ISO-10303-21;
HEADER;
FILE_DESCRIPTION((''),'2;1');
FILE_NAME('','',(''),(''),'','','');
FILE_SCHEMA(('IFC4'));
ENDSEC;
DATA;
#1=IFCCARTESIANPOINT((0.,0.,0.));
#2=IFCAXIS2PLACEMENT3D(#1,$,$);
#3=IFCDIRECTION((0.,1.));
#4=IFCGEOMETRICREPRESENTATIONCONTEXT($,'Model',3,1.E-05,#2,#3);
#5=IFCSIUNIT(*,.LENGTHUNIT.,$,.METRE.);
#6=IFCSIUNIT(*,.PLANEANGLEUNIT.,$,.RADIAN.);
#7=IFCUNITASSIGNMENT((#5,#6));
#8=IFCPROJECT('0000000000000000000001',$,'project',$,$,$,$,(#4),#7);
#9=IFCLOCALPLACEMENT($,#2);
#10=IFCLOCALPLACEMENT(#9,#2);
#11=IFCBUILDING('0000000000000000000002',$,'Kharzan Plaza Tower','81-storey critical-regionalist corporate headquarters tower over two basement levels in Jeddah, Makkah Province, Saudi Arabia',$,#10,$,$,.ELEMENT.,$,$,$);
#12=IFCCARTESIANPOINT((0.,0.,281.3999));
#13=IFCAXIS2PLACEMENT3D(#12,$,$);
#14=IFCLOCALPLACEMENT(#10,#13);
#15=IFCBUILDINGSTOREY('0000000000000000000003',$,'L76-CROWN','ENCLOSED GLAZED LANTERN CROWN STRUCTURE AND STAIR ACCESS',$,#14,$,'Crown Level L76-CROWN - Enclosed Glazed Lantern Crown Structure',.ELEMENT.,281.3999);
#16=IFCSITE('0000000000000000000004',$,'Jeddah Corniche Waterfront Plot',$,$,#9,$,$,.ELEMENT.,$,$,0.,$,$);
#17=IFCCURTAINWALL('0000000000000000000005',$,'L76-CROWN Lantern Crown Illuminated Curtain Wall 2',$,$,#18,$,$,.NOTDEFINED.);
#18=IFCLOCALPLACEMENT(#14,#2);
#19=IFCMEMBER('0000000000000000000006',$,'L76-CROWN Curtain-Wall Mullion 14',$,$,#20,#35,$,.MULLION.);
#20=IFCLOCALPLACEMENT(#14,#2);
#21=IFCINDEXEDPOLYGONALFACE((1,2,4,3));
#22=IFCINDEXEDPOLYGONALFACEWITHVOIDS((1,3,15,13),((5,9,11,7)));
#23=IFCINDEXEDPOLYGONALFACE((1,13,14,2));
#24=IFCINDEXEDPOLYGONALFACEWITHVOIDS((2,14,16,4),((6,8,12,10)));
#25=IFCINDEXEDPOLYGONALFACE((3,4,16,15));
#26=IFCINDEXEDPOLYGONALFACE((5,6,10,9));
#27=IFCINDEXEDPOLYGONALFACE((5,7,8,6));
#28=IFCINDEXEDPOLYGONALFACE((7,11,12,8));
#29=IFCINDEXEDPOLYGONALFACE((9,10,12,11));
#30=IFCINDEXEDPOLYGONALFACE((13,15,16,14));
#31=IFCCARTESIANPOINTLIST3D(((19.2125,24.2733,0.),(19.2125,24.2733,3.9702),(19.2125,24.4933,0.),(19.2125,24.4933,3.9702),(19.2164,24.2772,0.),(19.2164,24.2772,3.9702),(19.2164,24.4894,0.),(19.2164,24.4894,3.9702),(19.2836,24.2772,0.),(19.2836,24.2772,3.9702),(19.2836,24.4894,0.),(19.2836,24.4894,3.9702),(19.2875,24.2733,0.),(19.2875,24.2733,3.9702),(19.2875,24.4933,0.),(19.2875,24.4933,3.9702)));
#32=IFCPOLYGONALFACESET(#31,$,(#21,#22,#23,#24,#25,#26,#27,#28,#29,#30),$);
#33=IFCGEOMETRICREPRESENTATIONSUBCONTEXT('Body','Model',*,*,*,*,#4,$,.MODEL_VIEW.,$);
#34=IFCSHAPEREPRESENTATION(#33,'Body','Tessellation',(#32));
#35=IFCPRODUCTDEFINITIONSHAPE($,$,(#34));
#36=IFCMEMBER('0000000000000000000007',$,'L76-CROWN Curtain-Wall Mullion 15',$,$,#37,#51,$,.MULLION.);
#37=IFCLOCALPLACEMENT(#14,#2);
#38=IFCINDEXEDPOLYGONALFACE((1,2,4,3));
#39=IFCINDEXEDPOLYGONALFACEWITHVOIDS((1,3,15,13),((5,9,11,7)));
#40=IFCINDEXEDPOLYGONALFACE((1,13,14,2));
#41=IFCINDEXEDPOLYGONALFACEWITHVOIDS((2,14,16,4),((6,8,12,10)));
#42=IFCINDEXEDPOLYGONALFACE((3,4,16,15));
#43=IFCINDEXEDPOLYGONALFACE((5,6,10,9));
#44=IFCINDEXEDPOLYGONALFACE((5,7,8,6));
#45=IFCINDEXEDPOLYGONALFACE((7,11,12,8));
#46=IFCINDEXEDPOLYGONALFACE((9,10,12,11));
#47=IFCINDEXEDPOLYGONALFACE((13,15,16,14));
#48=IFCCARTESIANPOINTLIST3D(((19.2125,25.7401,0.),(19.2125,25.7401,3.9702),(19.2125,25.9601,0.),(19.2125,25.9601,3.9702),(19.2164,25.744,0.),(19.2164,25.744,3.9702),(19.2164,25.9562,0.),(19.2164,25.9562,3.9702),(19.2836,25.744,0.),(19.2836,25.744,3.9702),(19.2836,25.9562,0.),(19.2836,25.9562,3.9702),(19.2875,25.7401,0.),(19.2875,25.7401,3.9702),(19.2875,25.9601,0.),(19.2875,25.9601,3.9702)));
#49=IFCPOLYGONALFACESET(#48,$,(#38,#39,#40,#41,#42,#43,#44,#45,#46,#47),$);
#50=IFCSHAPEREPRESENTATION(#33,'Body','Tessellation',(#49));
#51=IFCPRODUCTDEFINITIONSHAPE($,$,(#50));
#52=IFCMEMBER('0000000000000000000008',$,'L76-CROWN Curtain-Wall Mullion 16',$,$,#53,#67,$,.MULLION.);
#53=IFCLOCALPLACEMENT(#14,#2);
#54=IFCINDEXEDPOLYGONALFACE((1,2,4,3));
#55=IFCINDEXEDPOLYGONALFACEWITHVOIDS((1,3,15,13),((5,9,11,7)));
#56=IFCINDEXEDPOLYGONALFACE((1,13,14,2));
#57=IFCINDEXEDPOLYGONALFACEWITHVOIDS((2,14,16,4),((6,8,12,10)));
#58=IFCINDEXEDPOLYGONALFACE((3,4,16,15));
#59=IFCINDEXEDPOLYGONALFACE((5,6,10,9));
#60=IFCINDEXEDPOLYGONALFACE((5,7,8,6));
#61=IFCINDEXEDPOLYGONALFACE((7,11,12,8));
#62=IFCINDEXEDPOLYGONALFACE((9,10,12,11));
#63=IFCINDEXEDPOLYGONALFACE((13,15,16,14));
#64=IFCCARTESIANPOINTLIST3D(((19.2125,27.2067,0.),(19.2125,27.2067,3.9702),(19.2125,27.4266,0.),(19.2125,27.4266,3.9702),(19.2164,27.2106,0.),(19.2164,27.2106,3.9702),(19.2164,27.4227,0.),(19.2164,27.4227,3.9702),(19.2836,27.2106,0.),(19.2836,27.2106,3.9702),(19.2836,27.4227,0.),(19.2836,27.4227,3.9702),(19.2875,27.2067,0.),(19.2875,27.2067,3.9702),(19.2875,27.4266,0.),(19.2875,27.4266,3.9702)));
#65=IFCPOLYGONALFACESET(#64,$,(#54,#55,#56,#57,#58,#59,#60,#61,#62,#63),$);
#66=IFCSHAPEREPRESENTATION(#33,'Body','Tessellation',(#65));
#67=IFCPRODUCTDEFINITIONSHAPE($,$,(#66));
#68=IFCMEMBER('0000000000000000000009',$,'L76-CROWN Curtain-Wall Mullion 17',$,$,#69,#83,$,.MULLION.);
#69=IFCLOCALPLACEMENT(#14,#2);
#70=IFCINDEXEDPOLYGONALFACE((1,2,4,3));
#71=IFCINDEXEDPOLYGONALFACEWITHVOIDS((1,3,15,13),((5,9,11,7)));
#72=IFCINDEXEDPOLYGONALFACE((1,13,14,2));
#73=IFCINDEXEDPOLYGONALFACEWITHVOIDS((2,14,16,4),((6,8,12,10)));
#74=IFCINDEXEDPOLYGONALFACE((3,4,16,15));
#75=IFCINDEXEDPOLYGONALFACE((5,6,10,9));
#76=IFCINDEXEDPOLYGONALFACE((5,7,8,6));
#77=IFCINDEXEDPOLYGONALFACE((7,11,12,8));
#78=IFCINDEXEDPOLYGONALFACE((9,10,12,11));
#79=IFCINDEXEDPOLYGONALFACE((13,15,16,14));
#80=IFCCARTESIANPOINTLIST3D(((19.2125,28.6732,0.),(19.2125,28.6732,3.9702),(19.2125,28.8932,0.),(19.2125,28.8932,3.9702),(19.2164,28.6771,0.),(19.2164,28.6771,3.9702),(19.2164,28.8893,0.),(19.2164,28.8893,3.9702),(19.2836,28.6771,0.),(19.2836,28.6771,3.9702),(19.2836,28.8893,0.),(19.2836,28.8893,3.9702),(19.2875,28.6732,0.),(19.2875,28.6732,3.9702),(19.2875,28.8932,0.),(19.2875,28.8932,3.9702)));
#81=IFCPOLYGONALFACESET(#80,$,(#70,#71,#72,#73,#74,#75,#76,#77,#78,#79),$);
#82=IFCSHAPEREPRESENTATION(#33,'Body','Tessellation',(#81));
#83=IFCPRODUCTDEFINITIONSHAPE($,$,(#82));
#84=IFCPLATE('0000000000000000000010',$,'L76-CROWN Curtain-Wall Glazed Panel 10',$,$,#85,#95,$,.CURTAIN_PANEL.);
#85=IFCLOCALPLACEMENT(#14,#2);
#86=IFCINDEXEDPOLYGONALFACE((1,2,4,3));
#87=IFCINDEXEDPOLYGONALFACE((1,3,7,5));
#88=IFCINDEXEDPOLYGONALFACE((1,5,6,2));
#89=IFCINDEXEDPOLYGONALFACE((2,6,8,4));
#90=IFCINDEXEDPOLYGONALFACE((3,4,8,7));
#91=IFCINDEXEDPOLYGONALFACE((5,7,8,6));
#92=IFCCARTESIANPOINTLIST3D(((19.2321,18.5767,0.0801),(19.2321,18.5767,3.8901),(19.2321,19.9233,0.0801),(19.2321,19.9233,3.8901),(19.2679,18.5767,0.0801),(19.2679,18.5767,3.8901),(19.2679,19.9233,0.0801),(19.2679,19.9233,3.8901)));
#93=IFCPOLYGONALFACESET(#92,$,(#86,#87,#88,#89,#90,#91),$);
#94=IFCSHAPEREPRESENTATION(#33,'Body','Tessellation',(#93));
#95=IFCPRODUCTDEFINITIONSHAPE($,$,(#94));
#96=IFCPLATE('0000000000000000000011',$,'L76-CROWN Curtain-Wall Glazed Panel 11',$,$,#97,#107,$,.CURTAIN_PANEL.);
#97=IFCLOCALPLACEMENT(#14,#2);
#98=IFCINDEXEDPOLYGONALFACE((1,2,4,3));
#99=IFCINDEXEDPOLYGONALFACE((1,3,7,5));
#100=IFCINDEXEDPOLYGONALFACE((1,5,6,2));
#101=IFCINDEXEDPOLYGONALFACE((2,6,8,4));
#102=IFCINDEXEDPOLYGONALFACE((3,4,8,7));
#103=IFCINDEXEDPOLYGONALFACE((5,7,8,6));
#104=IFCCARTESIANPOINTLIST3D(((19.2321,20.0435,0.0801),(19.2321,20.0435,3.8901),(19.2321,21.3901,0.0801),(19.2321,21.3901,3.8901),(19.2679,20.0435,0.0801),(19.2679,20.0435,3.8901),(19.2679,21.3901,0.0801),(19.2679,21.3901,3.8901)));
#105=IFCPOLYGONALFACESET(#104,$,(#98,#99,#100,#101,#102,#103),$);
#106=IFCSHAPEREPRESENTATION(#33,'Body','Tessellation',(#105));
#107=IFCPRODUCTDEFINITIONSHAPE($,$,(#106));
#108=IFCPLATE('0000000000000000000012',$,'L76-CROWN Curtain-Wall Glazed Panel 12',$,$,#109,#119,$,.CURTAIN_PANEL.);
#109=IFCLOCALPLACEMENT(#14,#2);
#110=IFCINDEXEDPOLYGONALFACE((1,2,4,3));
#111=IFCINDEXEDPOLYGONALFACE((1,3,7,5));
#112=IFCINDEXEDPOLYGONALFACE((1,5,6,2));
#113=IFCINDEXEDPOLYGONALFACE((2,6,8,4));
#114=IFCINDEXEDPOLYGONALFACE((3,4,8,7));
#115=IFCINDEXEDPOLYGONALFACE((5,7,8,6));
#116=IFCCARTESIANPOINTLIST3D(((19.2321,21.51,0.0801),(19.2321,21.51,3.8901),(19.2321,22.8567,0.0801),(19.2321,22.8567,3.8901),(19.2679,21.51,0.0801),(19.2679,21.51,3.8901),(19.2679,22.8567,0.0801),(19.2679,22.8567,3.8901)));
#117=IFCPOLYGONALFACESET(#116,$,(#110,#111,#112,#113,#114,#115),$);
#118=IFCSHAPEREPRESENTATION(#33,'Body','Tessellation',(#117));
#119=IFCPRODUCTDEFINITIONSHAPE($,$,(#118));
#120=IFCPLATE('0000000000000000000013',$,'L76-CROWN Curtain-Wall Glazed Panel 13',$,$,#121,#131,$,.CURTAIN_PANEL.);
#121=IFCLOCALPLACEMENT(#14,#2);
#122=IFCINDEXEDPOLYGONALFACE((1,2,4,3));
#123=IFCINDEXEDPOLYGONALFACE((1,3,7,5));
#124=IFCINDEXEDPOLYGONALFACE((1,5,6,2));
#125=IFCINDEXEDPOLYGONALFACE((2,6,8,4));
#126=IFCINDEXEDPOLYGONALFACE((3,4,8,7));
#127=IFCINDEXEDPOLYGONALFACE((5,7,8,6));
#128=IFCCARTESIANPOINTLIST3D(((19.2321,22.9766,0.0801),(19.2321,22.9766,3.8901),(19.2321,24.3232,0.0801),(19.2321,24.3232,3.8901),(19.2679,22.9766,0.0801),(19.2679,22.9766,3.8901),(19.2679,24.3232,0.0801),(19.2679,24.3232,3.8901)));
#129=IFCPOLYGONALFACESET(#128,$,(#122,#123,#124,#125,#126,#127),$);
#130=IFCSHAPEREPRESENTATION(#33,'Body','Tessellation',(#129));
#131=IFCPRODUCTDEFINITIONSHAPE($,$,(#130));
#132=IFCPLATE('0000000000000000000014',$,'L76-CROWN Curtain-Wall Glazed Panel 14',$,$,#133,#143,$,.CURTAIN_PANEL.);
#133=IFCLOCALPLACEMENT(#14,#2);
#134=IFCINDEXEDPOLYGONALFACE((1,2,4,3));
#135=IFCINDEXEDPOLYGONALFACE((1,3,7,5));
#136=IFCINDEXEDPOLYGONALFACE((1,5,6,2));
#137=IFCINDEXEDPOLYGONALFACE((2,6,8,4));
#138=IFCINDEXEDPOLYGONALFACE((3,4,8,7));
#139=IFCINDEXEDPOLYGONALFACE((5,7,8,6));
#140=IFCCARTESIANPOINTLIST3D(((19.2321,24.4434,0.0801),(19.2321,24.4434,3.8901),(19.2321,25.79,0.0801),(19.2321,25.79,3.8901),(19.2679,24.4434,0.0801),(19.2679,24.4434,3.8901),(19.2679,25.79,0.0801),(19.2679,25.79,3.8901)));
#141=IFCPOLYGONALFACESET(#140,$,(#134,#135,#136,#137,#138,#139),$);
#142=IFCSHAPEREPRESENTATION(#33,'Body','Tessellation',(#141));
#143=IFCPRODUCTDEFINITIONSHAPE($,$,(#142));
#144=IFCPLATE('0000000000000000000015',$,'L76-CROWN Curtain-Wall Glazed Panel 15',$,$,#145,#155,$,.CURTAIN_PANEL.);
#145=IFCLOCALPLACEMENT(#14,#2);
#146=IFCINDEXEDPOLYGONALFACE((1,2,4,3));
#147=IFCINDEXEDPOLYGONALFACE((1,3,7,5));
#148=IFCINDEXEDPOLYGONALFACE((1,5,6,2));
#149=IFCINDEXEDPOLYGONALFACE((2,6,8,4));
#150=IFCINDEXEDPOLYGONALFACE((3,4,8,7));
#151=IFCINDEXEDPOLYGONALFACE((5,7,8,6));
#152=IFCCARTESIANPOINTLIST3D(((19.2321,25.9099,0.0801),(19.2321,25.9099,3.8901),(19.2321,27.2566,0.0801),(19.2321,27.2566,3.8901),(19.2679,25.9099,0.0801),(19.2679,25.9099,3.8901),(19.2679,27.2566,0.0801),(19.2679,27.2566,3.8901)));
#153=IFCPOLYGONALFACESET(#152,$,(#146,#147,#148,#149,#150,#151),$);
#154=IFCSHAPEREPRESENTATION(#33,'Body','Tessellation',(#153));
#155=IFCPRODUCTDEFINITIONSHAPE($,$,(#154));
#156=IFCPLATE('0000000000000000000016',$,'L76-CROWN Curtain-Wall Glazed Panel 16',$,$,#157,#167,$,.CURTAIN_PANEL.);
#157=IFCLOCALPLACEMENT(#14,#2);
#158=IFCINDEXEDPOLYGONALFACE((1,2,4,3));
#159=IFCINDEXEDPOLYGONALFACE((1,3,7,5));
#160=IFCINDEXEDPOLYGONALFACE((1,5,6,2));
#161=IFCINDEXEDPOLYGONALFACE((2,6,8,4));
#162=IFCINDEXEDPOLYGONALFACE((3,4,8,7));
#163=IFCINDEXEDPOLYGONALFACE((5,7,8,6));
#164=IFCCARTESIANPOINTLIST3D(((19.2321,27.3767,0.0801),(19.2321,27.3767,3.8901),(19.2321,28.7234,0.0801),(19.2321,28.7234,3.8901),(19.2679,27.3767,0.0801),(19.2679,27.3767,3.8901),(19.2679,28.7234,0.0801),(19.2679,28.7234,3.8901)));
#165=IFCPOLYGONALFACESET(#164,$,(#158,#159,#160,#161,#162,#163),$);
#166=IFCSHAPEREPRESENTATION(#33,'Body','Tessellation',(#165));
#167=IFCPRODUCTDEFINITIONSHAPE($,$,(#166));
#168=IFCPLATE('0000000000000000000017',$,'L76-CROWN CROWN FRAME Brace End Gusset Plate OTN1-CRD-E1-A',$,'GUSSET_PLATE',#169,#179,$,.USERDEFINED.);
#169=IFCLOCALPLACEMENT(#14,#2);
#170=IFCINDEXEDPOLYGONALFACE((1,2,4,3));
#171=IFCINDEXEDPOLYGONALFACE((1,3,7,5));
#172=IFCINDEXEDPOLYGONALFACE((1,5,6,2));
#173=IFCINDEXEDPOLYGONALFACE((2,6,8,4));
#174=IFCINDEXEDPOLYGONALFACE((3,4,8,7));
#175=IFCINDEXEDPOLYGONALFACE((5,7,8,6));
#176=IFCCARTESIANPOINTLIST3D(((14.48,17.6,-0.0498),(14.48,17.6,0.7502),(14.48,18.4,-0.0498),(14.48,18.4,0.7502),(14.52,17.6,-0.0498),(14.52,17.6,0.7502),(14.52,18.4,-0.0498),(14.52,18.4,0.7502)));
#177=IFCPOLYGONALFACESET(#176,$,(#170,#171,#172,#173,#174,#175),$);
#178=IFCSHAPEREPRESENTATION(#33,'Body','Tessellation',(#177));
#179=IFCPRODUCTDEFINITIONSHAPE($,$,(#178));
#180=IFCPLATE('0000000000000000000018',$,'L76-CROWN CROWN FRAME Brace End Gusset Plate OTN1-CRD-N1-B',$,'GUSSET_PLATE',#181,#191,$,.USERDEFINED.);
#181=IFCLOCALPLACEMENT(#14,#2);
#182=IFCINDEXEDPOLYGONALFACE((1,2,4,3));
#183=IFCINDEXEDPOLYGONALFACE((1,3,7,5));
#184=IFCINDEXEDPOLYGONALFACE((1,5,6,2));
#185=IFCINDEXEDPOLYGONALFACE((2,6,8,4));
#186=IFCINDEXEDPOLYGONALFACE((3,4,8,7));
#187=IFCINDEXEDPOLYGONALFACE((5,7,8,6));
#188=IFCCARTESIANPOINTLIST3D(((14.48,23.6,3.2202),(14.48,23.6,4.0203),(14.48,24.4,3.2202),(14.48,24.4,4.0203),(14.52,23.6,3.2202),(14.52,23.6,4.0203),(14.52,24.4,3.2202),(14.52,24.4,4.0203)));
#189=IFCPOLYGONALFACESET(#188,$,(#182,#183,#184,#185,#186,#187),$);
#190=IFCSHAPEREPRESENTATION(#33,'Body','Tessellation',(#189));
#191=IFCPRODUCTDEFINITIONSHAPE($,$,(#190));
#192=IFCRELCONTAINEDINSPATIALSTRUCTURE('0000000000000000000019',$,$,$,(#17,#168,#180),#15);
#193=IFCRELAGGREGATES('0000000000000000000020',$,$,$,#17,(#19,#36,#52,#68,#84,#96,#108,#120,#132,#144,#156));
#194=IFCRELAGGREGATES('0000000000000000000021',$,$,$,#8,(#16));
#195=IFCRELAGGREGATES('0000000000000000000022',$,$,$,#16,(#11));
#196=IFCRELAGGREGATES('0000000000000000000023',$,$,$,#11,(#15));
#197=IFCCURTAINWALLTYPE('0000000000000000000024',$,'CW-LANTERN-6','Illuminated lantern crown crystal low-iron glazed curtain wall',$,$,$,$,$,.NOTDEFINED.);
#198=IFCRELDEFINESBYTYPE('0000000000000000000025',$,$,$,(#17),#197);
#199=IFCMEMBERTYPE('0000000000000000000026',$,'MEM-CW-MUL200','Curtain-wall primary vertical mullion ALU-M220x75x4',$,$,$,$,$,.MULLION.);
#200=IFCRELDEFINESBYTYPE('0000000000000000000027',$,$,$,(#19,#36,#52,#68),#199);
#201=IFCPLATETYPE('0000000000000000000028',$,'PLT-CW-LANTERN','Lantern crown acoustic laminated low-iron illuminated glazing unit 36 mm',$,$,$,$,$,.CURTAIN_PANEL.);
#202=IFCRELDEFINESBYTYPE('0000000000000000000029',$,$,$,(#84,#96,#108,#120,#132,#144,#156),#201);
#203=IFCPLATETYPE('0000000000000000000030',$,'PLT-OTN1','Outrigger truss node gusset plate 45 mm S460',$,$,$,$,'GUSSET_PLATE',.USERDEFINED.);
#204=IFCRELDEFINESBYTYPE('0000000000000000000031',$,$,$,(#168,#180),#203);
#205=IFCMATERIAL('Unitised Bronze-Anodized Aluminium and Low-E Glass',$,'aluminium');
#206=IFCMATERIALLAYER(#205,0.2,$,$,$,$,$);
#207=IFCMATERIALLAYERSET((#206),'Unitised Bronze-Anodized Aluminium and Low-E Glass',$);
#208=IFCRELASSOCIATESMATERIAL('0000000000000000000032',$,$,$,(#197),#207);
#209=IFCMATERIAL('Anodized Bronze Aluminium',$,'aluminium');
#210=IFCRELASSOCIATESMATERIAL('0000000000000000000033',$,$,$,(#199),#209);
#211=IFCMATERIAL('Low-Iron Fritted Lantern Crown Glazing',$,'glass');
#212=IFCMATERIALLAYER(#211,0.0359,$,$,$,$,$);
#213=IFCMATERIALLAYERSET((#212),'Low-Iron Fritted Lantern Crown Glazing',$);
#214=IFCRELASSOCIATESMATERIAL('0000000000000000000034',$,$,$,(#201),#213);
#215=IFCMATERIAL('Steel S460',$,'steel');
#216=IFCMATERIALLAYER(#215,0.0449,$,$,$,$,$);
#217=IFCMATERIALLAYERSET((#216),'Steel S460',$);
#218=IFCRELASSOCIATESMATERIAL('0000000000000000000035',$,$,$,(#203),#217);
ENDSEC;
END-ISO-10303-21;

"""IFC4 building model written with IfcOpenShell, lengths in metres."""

from ifc_helpers import new_model, si_unit, direction, frame, origin, origin_2d, place, context, subcontext, project, spatial, rectangle, hollow_rectangle, extrude, source, transform, mapped, material, layer, layer_set, material_profile, profile_set, type_object, element, aggregate, save


model = new_model("IFC4")

# Units and contexts
model_context = context("Model", 3, precision=1e-05, world=origin(), true_north=direction((0.0, 1.0)))
body_context = subcontext(model_context, "Body", "Model", "MODEL_VIEW")
ifc_project = project(units=[si_unit("LENGTHUNIT", "METRE"), si_unit("PLANEANGLEUNIT", "RADIAN")], contexts=[model_context])

# Site, building, storey
site_placement = place(None, origin())
site = spatial("IfcSite", under=ifc_project, at=site_placement, Name="Jeddah Corniche Waterfront Plot", CompositionType="ELEMENT", RefElevation=0.0)
building_placement = place(site_placement, origin())
building = spatial("IfcBuilding", under=site, at=building_placement, Name="Kharzan Plaza Tower", Description="81-storey critical-regionalist corporate headquarters tower over two basement levels in Jeddah, Makkah Province, Saudi Arabia", CompositionType="ELEMENT")
storey_placement = place(building_placement, frame((0.0, 0.0, 281.3999)))
storey = spatial("IfcBuildingStorey", under=building, at=storey_placement, Name="L76-CROWN", Description="ENCLOSED GLAZED LANTERN CROWN STRUCTURE AND STAIR ACCESS", LongName="Crown Level L76-CROWN - Enclosed Glazed Lantern Crown Structure", CompositionType="ELEMENT", Elevation=281.3999)

# Curtain wall, members, plates
ifc_material_1 = material(Name="Unitised Bronze-Anodized Aluminium and Low-E Glass", Category="aluminium")
ifc_layer_1 = layer(ifc_material_1, 0.2)
ifc_layer_set_1 = layer_set([ifc_layer_1], Name="Unitised Bronze-Anodized Aluminium and Low-E Glass")
curtain_wall_type = type_object("IfcCurtainWallType", Name="CW-LANTERN-6", Description="Illuminated lantern crown crystal low-iron glazed curtain wall", PredefinedType="NOTDEFINED", material=ifc_layer_set_1)
curtain_wall_placement = place(storey_placement, origin())
curtain_wall = element("IfcCurtainWall", 1, at=curtain_wall_placement, inside=storey, type_object=curtain_wall_type, Name="L76-CROWN Lantern Crown Illuminated Curtain Wall 2", PredefinedType="NOTDEFINED")
ifc_material_2 = material(Name="Anodized Bronze Aluminium", Category="aluminium")
ifc_material_profile_1 = material_profile(ifc_material_2, hollow_rectangle(XDim=0.075, YDim=0.22, WallThickness=0.0039, at=origin_2d()), Name="ALU-M220x75x4")
ifc_profile_set_1 = profile_set([ifc_material_profile_1], Name="Anodized Bronze Aluminium")
member_type_1 = type_object("IfcMemberType", Name="MEM-CW-MUL200", Description="Curtain-wall primary vertical mullion ALU-M220x75x4", PredefinedType="MULLION", material=ifc_profile_set_1)
shared_shape_1 = source(origin(), body_context, "Body", "SweptSolid", [
    extrude(hollow_rectangle(XDim=0.075, YDim=0.22, WallThickness=0.0039, at=origin_2d()), origin(), (0.0, 0.0, 1.0), 3.9702),
])
member_1_placement = place(storey_placement, frame((19.25, 24.3833, 0.0), z_axis=(0.0, 0.0, 1.0), x_axis=(1.0, 0.0, 0.0)))
member_1 = element("IfcMember", 2, at=member_1_placement, type_object=member_type_1, Name="L76-CROWN Curtain-Wall Mullion 14", PredefinedType="MULLION", context=body_context, shape_type="MappedRepresentation", body=[
    mapped(shared_shape_1, transform((0.0, 0.0, 0.0), x_axis=(1.0, 0.0, 0.0), y_axis=(0.0, 1.0, 0.0), z_axis=(0.0, 0.0, 1.0))),
])
member_2_placement = place(storey_placement, frame((19.25, 25.8501, 0.0), z_axis=(0.0, 0.0, 1.0), x_axis=(1.0, 0.0, 0.0)))
member_2 = element("IfcMember", 3, at=member_2_placement, type_object=member_type_1, Name="L76-CROWN Curtain-Wall Mullion 15", PredefinedType="MULLION", context=body_context, shape_type="MappedRepresentation", body=[
    mapped(shared_shape_1, transform((0.0, 0.0, 0.0), x_axis=(1.0, 0.0, 0.0), y_axis=(0.0, 1.0, 0.0), z_axis=(0.0, 0.0, 1.0))),
])
member_3_placement = place(storey_placement, frame((19.25, 27.3167, 0.0), z_axis=(0.0, 0.0, 1.0), x_axis=(1.0, 0.0, 0.0)))
member_3 = element("IfcMember", 4, at=member_3_placement, type_object=member_type_1, Name="L76-CROWN Curtain-Wall Mullion 16", PredefinedType="MULLION", context=body_context, shape_type="MappedRepresentation", body=[
    mapped(shared_shape_1, transform((0.0, 0.0, 0.0), x_axis=(1.0, 0.0, 0.0), y_axis=(0.0, 1.0, 0.0), z_axis=(0.0, 0.0, 1.0))),
])
member_4_placement = place(storey_placement, frame((19.25, 28.7832, 0.0), z_axis=(0.0, 0.0, 1.0), x_axis=(1.0, 0.0, 0.0)))
member_4 = element("IfcMember", 5, at=member_4_placement, type_object=member_type_1, Name="L76-CROWN Curtain-Wall Mullion 17", PredefinedType="MULLION", context=body_context, shape_type="MappedRepresentation", body=[
    mapped(shared_shape_1, transform((0.0, 0.0, 0.0), x_axis=(1.0, 0.0, 0.0), y_axis=(0.0, 1.0, 0.0), z_axis=(0.0, 0.0, 1.0))),
])
ifc_material_3 = material(Name="Low-Iron Fritted Lantern Crown Glazing", Category="glass")
ifc_layer_2 = layer(ifc_material_3, 0.0359)
ifc_layer_set_2 = layer_set([ifc_layer_2], Name="Low-Iron Fritted Lantern Crown Glazing")
plate_type_1 = type_object("IfcPlateType", Name="PLT-CW-LANTERN", Description="Lantern crown acoustic laminated low-iron illuminated glazing unit 36 mm", PredefinedType="CURTAIN_PANEL", material=ifc_layer_set_2)
shared_shape_2 = source(origin(), body_context, "Body", "SweptSolid", [
    extrude(rectangle(XDim=1.3467, YDim=0.0359, at=origin_2d()), origin(), (0.0, 0.0, 1.0), 3.8101),
])
plate_1_placement = place(storey_placement, frame((19.25, 19.25, 0.0801), z_axis=(0.0, 0.0, 1.0), x_axis=(0.0, 1.0, 0.0)))
plate_1 = element("IfcPlate", 6, at=plate_1_placement, type_object=plate_type_1, Name="L76-CROWN Curtain-Wall Glazed Panel 10", PredefinedType="CURTAIN_PANEL", context=body_context, shape_type="MappedRepresentation", body=[
    mapped(shared_shape_2, transform((0.0, 0.0, 0.0), x_axis=(1.0, 0.0, 0.0), y_axis=(0.0, 1.0, 0.0), z_axis=(0.0, 0.0, 1.0))),
])
plate_2_placement = place(storey_placement, frame((19.25, 20.7168, 0.0801), z_axis=(0.0, 0.0, 1.0), x_axis=(0.0, 1.0, 0.0)))
plate_2 = element("IfcPlate", 7, at=plate_2_placement, type_object=plate_type_1, Name="L76-CROWN Curtain-Wall Glazed Panel 11", PredefinedType="CURTAIN_PANEL", context=body_context, shape_type="MappedRepresentation", body=[
    mapped(shared_shape_2, transform((0.0, 0.0, 0.0), x_axis=(1.0, 0.0, 0.0), y_axis=(0.0, 1.0, 0.0), z_axis=(0.0, 0.0, 1.0))),
])
plate_3_placement = place(storey_placement, frame((19.25, 22.1833, 0.0801), z_axis=(0.0, 0.0, 1.0), x_axis=(0.0, 1.0, 0.0)))
plate_3 = element("IfcPlate", 8, at=plate_3_placement, type_object=plate_type_1, Name="L76-CROWN Curtain-Wall Glazed Panel 12", PredefinedType="CURTAIN_PANEL", context=body_context, shape_type="MappedRepresentation", body=[
    mapped(shared_shape_2, transform((0.0, 0.0, 0.0), x_axis=(1.0, 0.0, 0.0), y_axis=(0.0, 1.0, 0.0), z_axis=(0.0, 0.0, 1.0))),
])
plate_4_placement = place(storey_placement, frame((19.25, 23.6499, 0.0801), z_axis=(0.0, 0.0, 1.0), x_axis=(0.0, 1.0, 0.0)))
plate_4 = element("IfcPlate", 9, at=plate_4_placement, type_object=plate_type_1, Name="L76-CROWN Curtain-Wall Glazed Panel 13", PredefinedType="CURTAIN_PANEL", context=body_context, shape_type="MappedRepresentation", body=[
    mapped(shared_shape_2, transform((0.0, 0.0, 0.0), x_axis=(1.0, 0.0, 0.0), y_axis=(0.0, 1.0, 0.0), z_axis=(0.0, 0.0, 1.0))),
])
plate_5_placement = place(storey_placement, frame((19.25, 25.1167, 0.0801), z_axis=(0.0, 0.0, 1.0), x_axis=(0.0, 1.0, 0.0)))
plate_5 = element("IfcPlate", 10, at=plate_5_placement, type_object=plate_type_1, Name="L76-CROWN Curtain-Wall Glazed Panel 14", PredefinedType="CURTAIN_PANEL", context=body_context, shape_type="MappedRepresentation", body=[
    mapped(shared_shape_2, transform((0.0, 0.0, 0.0), x_axis=(1.0, 0.0, 0.0), y_axis=(0.0, 1.0, 0.0), z_axis=(0.0, 0.0, 1.0))),
])
plate_6_placement = place(storey_placement, frame((19.25, 26.5833, 0.0801), z_axis=(0.0, 0.0, 1.0), x_axis=(0.0, 1.0, 0.0)))
plate_6 = element("IfcPlate", 11, at=plate_6_placement, type_object=plate_type_1, Name="L76-CROWN Curtain-Wall Glazed Panel 15", PredefinedType="CURTAIN_PANEL", context=body_context, shape_type="MappedRepresentation", body=[
    mapped(shared_shape_2, transform((0.0, 0.0, 0.0), x_axis=(1.0, 0.0, 0.0), y_axis=(0.0, 1.0, 0.0), z_axis=(0.0, 0.0, 1.0))),
])
plate_7_placement = place(storey_placement, frame((19.25, 28.05, 0.0801), z_axis=(0.0, 0.0, 1.0), x_axis=(0.0, 1.0, 0.0)))
plate_7 = element("IfcPlate", 12, at=plate_7_placement, type_object=plate_type_1, Name="L76-CROWN Curtain-Wall Glazed Panel 16", PredefinedType="CURTAIN_PANEL", context=body_context, shape_type="MappedRepresentation", body=[
    mapped(shared_shape_2, transform((0.0, 0.0, 0.0), x_axis=(1.0, 0.0, 0.0), y_axis=(0.0, 1.0, 0.0), z_axis=(0.0, 0.0, 1.0))),
])
aggregate(curtain_wall, [member_1, member_2, member_3, member_4, plate_1, plate_2, plate_3, plate_4, plate_5, plate_6, plate_7])

# Plates
ifc_material_4 = material(Name="Steel S460", Category="steel")
ifc_layer_3 = layer(ifc_material_4, 0.0449)
ifc_layer_set_3 = layer_set([ifc_layer_3], Name="Steel S460")
plate_type_2 = type_object("IfcPlateType", Name="PLT-OTN1", Description="Outrigger truss node gusset plate 45 mm S460", ElementType="GUSSET_PLATE", PredefinedType="USERDEFINED", material=ifc_layer_set_3)
shared_shape_3 = source(origin(), body_context, "Body", "SweptSolid", [
    extrude(rectangle(XDim=0.8, YDim=0.04, at=origin_2d()), origin(), (0.0, 0.0, 1.0), 0.8),
])
for number, where, z_axis, x_axis, name in (
    (13, (14.5, 18.0, -0.0498), (0.0, 0.0, 1.0), (0.0, 1.0, 0.0), "L76-CROWN CROWN FRAME Brace End Gusset Plate OTN1-CRD-E1-A"),
    (14, (14.5, 24.0, 3.2202), (0.0, 0.0, 1.0), (0.0, -1.0, 0.0), "L76-CROWN CROWN FRAME Brace End Gusset Plate OTN1-CRD-N1-B"),
):
    element("IfcPlate", number, at=place(storey_placement, frame(where, z_axis=z_axis, x_axis=x_axis)), inside=storey, type_object=plate_type_2, Name=name, ObjectType="GUSSET_PLATE", PredefinedType="USERDEFINED", context=body_context, shape_type="MappedRepresentation", body=[
        mapped(shared_shape_3, transform((0.0, 0.0, 0.0), x_axis=(1.0, 0.0, 0.0), y_axis=(0.0, 1.0, 0.0), z_axis=(0.0, 0.0, 1.0))),
    ])

save(model, "model.ifc")
